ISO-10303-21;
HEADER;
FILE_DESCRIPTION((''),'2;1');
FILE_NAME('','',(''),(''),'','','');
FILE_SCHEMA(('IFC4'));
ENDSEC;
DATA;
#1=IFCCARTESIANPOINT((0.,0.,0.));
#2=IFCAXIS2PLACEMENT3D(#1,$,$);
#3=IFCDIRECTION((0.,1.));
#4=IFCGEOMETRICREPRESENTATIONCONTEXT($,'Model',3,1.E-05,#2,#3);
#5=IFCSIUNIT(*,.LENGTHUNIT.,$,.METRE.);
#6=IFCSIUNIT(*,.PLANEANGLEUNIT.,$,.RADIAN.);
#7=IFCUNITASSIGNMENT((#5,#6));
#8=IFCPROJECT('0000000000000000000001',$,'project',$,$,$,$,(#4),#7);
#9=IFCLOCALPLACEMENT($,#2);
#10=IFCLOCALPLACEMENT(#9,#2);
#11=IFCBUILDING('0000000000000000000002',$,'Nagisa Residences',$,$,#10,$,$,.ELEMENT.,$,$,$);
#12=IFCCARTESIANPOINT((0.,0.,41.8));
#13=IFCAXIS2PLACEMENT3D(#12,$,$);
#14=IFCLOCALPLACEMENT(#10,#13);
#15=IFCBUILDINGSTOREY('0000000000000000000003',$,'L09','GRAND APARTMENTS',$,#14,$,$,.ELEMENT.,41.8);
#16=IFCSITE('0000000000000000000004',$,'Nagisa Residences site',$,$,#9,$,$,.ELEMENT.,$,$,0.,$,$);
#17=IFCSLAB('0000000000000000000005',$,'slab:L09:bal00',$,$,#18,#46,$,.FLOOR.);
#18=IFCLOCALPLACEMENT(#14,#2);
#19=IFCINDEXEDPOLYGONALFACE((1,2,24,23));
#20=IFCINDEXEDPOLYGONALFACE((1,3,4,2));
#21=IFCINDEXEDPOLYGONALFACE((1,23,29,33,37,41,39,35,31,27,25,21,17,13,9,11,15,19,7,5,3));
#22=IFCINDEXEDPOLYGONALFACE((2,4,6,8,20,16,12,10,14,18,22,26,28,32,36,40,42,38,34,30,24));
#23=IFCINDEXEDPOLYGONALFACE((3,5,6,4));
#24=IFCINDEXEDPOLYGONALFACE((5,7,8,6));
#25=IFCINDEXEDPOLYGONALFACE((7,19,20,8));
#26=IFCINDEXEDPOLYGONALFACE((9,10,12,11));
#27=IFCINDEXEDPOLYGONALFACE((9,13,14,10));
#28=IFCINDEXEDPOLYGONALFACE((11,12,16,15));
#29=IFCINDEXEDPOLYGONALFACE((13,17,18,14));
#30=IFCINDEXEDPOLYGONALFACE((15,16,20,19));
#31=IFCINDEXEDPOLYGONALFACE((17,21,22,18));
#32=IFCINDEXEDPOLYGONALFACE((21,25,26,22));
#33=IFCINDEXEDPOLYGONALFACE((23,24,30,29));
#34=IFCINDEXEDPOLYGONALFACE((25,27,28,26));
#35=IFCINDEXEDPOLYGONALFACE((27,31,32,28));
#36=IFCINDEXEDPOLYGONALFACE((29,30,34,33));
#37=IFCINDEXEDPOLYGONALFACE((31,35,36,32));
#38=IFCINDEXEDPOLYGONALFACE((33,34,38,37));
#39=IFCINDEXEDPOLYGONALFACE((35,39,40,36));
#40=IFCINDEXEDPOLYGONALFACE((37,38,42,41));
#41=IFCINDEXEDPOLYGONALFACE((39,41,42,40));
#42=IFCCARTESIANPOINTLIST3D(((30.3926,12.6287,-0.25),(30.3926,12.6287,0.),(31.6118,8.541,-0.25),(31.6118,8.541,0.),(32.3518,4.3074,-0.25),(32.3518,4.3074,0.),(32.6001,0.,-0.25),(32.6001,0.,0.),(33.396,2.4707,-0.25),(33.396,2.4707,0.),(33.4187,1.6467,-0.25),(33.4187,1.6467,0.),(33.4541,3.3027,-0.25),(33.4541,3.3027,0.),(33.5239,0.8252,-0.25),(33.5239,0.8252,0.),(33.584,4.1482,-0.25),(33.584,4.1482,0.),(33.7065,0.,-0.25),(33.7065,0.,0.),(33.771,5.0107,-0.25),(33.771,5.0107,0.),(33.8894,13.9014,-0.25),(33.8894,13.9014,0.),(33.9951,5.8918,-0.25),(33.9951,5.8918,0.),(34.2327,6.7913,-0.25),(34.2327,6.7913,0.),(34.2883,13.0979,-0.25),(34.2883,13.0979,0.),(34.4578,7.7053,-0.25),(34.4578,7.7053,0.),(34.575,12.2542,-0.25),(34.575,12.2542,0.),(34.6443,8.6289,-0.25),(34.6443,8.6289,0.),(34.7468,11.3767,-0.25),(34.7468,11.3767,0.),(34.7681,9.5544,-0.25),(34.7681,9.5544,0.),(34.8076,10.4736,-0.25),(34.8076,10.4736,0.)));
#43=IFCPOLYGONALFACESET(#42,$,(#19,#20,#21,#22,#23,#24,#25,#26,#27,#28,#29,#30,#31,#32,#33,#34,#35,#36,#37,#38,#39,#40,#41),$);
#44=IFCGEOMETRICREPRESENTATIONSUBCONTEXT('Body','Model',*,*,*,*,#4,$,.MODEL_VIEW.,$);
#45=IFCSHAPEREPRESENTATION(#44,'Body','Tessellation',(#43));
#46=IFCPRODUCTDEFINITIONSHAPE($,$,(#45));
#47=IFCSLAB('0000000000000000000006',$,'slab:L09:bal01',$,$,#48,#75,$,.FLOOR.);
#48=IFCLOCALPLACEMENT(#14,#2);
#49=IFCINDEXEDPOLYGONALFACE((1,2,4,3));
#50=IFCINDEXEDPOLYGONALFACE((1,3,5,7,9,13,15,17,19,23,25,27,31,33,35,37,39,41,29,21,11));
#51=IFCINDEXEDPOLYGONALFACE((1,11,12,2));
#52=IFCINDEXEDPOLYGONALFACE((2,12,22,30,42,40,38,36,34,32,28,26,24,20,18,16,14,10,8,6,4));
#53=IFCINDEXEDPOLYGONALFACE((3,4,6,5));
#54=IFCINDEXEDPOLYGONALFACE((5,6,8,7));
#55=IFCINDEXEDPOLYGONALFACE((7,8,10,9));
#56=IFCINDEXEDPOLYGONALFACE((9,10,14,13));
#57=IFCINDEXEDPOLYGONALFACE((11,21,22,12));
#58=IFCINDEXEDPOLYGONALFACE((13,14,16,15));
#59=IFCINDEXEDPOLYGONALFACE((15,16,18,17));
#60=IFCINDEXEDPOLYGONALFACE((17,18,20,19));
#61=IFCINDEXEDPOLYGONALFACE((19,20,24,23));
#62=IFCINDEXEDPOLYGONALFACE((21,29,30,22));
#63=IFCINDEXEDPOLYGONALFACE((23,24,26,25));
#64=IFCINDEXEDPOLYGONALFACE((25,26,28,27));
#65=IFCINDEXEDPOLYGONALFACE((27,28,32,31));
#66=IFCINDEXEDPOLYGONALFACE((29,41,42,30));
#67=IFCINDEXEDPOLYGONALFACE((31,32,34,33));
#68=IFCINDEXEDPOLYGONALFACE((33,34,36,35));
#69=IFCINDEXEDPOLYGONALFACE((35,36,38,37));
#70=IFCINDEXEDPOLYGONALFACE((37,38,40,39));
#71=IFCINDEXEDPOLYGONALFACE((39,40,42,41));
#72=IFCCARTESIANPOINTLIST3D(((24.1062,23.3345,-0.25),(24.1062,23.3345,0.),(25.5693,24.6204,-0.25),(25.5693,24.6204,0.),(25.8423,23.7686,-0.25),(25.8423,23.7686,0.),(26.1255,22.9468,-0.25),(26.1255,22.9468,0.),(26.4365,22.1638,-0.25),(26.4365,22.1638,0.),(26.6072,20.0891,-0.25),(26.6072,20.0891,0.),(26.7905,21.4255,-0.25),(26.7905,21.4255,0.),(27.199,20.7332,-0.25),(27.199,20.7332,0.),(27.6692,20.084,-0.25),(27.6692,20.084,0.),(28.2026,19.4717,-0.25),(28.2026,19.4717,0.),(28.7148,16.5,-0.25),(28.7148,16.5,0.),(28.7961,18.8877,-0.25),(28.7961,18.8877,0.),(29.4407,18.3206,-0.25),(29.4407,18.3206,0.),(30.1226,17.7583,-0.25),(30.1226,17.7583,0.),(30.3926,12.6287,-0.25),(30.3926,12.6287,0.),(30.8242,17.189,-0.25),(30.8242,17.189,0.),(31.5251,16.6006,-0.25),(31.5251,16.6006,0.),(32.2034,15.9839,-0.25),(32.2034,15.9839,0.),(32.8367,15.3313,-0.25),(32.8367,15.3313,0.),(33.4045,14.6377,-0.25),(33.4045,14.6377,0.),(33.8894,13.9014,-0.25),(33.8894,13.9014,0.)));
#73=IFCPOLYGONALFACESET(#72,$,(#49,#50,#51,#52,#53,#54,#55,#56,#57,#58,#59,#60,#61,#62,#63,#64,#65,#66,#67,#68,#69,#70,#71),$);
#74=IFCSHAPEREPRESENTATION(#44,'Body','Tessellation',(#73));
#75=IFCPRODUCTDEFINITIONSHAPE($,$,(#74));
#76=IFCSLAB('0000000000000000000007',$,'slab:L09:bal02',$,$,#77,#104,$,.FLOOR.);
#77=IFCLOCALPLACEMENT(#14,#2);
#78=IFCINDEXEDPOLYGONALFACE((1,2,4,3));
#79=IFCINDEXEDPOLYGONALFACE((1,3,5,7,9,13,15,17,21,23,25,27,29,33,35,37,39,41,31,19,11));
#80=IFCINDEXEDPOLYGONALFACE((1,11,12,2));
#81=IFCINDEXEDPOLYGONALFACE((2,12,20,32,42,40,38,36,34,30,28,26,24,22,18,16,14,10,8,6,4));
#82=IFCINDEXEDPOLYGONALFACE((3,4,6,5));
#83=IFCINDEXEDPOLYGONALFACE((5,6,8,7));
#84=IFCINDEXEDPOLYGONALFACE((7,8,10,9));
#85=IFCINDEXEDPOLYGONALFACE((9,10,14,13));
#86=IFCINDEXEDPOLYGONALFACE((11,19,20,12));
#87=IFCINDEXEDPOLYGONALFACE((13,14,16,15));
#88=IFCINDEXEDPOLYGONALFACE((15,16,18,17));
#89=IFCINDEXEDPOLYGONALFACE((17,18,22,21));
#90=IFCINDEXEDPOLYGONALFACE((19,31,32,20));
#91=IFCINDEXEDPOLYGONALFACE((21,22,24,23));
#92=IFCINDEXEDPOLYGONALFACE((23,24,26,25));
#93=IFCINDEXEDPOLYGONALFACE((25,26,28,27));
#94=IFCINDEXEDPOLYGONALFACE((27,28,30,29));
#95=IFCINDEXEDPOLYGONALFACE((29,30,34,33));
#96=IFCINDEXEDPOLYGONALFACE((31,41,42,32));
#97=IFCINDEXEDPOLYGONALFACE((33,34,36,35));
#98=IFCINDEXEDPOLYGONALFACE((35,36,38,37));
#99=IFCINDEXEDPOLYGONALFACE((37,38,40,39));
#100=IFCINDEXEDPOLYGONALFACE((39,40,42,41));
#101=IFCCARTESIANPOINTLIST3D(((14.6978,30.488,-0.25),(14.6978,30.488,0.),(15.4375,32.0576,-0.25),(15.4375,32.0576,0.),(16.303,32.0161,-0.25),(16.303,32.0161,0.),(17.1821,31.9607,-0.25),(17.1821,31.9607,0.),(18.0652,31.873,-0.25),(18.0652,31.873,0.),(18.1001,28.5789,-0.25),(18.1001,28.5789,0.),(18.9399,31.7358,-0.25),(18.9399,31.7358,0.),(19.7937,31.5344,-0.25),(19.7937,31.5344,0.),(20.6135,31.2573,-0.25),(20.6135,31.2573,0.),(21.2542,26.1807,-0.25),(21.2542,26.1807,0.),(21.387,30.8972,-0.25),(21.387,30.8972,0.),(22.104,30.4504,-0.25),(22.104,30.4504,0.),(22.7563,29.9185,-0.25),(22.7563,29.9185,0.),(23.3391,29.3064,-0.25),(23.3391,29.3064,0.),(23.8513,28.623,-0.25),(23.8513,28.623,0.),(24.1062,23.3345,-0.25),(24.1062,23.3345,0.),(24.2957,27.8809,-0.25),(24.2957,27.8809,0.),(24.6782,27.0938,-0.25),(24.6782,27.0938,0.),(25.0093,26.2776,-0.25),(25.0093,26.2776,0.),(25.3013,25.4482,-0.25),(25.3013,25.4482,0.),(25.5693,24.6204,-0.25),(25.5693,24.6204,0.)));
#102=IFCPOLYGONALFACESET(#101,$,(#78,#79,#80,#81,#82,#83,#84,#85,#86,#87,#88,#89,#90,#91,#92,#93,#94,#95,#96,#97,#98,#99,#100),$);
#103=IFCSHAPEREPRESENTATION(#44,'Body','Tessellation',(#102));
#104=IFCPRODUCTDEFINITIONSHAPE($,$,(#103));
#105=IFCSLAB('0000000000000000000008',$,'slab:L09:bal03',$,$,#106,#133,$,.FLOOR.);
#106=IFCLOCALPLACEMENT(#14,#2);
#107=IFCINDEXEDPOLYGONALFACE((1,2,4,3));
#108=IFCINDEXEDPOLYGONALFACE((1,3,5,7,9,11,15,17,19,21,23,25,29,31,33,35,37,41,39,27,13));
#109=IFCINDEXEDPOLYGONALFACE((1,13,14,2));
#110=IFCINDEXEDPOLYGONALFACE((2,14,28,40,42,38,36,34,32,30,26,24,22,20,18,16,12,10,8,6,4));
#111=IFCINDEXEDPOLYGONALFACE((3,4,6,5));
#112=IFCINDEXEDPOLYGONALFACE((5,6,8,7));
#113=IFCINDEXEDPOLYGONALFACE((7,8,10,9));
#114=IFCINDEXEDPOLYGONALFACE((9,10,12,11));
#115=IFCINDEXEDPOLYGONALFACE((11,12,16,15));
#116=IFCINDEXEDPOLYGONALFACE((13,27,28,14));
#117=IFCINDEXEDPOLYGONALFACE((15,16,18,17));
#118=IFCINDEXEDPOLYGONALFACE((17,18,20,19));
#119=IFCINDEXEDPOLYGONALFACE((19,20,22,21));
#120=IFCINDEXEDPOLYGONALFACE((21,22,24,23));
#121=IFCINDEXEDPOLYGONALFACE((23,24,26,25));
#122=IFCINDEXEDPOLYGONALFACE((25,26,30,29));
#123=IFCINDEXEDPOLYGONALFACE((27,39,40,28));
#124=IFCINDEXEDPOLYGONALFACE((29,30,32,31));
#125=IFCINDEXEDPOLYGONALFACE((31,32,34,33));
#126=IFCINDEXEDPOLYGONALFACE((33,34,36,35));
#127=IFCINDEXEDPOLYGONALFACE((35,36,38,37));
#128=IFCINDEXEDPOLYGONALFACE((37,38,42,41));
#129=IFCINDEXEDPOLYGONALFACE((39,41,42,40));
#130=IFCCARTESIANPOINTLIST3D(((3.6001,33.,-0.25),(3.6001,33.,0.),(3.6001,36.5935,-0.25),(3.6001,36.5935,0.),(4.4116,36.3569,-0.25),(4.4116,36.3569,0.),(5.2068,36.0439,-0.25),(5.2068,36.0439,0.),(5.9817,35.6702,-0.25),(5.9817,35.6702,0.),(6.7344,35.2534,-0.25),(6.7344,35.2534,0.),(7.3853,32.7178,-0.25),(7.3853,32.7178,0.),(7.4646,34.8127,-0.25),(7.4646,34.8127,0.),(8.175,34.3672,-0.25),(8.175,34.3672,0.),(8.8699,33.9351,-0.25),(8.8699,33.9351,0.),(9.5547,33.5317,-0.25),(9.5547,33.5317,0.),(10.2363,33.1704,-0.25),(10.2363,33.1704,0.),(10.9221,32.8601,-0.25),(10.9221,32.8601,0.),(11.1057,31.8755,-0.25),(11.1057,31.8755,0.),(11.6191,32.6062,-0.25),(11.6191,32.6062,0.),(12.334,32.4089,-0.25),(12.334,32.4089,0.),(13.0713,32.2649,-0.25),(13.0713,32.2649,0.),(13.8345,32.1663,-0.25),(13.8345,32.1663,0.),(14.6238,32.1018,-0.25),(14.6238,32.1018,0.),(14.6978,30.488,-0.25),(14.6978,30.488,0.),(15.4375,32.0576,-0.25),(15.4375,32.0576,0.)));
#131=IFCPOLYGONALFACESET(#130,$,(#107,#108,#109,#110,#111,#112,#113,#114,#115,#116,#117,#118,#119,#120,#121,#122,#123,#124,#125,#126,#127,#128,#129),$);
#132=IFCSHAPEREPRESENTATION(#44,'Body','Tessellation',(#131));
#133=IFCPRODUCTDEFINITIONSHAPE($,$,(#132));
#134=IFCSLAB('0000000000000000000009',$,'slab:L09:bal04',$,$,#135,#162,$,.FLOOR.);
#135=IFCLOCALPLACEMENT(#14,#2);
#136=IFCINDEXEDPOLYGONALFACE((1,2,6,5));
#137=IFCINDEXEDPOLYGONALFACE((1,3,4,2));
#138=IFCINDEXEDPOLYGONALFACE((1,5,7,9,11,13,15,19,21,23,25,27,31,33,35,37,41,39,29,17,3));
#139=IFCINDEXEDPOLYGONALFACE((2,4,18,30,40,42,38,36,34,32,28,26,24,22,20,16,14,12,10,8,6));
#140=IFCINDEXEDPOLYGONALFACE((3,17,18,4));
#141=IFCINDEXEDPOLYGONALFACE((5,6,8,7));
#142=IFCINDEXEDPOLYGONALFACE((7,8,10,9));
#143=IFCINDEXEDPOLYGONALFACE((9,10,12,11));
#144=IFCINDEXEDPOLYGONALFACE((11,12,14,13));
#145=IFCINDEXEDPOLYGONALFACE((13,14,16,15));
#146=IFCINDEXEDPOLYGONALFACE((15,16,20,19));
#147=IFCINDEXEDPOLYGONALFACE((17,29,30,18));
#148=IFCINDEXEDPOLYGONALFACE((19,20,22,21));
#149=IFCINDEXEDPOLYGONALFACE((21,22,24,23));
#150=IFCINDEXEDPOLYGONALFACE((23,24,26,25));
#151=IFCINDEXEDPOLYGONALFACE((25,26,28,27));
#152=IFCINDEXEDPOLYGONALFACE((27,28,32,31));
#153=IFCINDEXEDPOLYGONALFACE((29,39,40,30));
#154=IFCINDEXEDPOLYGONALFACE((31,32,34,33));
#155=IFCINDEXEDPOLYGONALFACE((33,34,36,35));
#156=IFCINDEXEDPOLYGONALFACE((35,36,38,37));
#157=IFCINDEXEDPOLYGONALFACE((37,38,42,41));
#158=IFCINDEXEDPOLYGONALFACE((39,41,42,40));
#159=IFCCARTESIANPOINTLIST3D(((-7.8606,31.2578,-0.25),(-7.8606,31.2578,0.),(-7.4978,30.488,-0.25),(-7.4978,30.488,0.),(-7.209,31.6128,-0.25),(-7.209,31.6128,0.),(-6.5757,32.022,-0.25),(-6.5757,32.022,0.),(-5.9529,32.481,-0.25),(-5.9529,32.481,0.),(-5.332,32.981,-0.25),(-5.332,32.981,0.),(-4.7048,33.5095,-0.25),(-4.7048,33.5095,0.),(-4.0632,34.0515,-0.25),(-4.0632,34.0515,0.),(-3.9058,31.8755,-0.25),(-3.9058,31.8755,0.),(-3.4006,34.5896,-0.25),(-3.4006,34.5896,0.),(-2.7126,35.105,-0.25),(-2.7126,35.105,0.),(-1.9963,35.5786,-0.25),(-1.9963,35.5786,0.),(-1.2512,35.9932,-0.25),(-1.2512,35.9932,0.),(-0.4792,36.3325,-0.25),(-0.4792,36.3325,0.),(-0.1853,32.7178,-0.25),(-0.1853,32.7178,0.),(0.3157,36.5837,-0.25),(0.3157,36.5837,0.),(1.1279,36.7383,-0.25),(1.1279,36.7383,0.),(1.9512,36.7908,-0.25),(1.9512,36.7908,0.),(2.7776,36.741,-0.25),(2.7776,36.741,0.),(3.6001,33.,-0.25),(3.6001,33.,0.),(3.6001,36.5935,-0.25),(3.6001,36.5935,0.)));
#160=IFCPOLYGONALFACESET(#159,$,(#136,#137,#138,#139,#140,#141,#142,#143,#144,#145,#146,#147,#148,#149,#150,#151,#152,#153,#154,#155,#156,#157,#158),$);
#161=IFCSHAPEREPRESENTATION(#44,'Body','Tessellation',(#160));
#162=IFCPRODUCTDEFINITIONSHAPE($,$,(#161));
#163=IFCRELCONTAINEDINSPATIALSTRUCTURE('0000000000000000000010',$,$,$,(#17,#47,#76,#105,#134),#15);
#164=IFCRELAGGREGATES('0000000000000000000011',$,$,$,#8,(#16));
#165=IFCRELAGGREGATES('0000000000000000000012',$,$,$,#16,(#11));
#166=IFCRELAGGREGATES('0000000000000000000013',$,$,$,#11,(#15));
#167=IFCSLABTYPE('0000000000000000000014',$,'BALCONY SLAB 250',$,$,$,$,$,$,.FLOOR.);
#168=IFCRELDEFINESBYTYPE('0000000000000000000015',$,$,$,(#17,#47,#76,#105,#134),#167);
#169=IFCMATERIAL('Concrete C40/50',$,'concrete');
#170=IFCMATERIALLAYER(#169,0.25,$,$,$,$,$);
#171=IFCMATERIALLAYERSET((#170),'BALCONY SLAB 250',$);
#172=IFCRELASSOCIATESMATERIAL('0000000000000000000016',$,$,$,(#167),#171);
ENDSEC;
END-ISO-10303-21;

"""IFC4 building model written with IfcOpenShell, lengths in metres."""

from ifc_helpers import new_model, si_unit, direction, frame, origin, place, context, subcontext, project, spatial, polyline, outline, extrude, material, layer, layer_set, type_object, element, save


model = new_model("IFC4")

# Units and contexts
model_context = context("Model", 3, precision=1e-05, world=origin(), true_north=direction((0.0, 1.0)))
body_context = subcontext(model_context, "Body", "Model", "MODEL_VIEW")
ifc_project = project(units=[si_unit("LENGTHUNIT", "METRE"), si_unit("PLANEANGLEUNIT", "RADIAN")], contexts=[model_context])

# Site, building, storey
site_placement = place(None, origin())
site = spatial("IfcSite", under=ifc_project, at=site_placement, Name="Nagisa Residences site", CompositionType="ELEMENT", RefElevation=0.0)
building_placement = place(site_placement, origin())
building = spatial("IfcBuilding", under=site, at=building_placement, Name="Nagisa Residences", CompositionType="ELEMENT")
storey_placement = place(building_placement, frame((0.0, 0.0, 41.8)))
storey = spatial("IfcBuildingStorey", under=building, at=storey_placement, Name="L09", Description="GRAND APARTMENTS", CompositionType="ELEMENT", Elevation=41.8)

# Slabs
ifc_material_1 = material(Name="Concrete C40/50", Category="concrete")
ifc_layer_1 = layer(ifc_material_1, 0.25)
ifc_layer_set_1 = layer_set([ifc_layer_1], Name="BALCONY SLAB 250")
slab_type_1 = type_object("IfcSlabType", Name="BALCONY SLAB 250", PredefinedType="FLOOR", material=ifc_layer_set_1)
slab_1_placement = place(storey_placement, frame((0.0, 0.0, -0.25)))
element("IfcSlab", 1, at=slab_1_placement, inside=storey, type_object=slab_type_1, Name="slab:L09:bal00", PredefinedType="FLOOR", context=body_context, shape_type="SweptSolid", body=[
    extrude(outline(polyline([(33.7065, 0.0), (33.5239, 0.8252), (33.4187, 1.6467), (33.396, 2.4707), (33.4541, 3.3027), (33.584, 4.1482), (33.771, 5.0107), (33.9951, 5.8918), (34.2327, 6.7913), (34.4578, 7.7053), (34.6443, 8.6289), (34.7681, 9.5544), (34.8076, 10.4736), (34.7468, 11.3767), (34.575, 12.2542), (34.2883, 13.0979), (33.8894, 13.9014), (30.3926, 12.6287), (31.6118, 8.541), (32.3518, 4.3074), (32.6001, 0.0), (33.7065, 0.0)])), origin(), (0.0, 0.0, 1.0), 0.25),
])
slab_2_placement = place(storey_placement, frame((0.0, 0.0, -0.25)))
element("IfcSlab", 2, at=slab_2_placement, inside=storey, type_object=slab_type_1, Name="slab:L09:bal01", PredefinedType="FLOOR", context=body_context, shape_type="SweptSolid", body=[
    extrude(outline(polyline([(33.8894, 13.9014), (33.4045, 14.6377), (32.8367, 15.3313), (32.2034, 15.9839), (31.5251, 16.6006), (30.8242, 17.189), (30.1226, 17.7583), (29.4407, 18.3206), (28.7961, 18.8877), (28.2026, 19.4717), (27.6692, 20.084), (27.199, 20.7332), (26.7905, 21.4255), (26.4365, 22.1638), (26.1255, 22.9468), (25.8423, 23.7686), (25.5693, 24.6204), (24.1062, 23.3345), (26.6072, 20.0891), (28.7148, 16.5), (30.3926, 12.6287), (33.8894, 13.9014)])), origin(), (0.0, 0.0, 1.0), 0.25),
])
slab_3_placement = place(storey_placement, frame((0.0, 0.0, -0.25)))
element("IfcSlab", 3, at=slab_3_placement, inside=storey, type_object=slab_type_1, Name="slab:L09:bal02", PredefinedType="FLOOR", context=body_context, shape_type="SweptSolid", body=[
    extrude(outline(polyline([(25.5693, 24.6204), (25.3013, 25.4482), (25.0093, 26.2776), (24.6782, 27.0938), (24.2957, 27.8809), (23.8513, 28.623), (23.3391, 29.3064), (22.7563, 29.9185), (22.104, 30.4504), (21.387, 30.8972), (20.6135, 31.2573), (19.7937, 31.5344), (18.9399, 31.7358), (18.0652, 31.873), (17.1821, 31.9607), (16.303, 32.0161), (15.4375, 32.0576), (14.6978, 30.488), (18.1001, 28.5789), (21.2542, 26.1807), (24.1062, 23.3345), (25.5693, 24.6204)])), origin(), (0.0, 0.0, 1.0), 0.25),
])
slab_4_placement = place(storey_placement, frame((0.0, 0.0, -0.25)))
element("IfcSlab", 4, at=slab_4_placement, inside=storey, type_object=slab_type_1, Name="slab:L09:bal03", PredefinedType="FLOOR", context=body_context, shape_type="SweptSolid", body=[
    extrude(outline(polyline([(15.4375, 32.0576), (14.6238, 32.1018), (13.8345, 32.1663), (13.0713, 32.2649), (12.334, 32.4089), (11.6191, 32.6062), (10.9221, 32.8601), (10.2363, 33.1704), (9.5547, 33.5317), (8.8699, 33.9351), (8.175, 34.3672), (7.4646, 34.8127), (6.7344, 35.2534), (5.9817, 35.6702), (5.2068, 36.0439), (4.4116, 36.3569), (3.6001, 36.5935), (3.6001, 33.0), (7.3853, 32.7178), (11.1057, 31.8755), (14.6978, 30.488), (15.4375, 32.0576)])), origin(), (0.0, 0.0, 1.0), 0.25),
])
slab_5_placement = place(storey_placement, frame((0.0, 0.0, -0.25)))
element("IfcSlab", 5, at=slab_5_placement, inside=storey, type_object=slab_type_1, Name="slab:L09:bal04", PredefinedType="FLOOR", context=body_context, shape_type="SweptSolid", body=[
    extrude(outline(polyline([(3.6001, 36.5935), (2.7776, 36.741), (1.9512, 36.7908), (1.1279, 36.7383), (0.3157, 36.5837), (-0.4792, 36.3325), (-1.2512, 35.9932), (-1.9963, 35.5786), (-2.7126, 35.105), (-3.4006, 34.5896), (-4.0632, 34.0515), (-4.7048, 33.5095), (-5.332, 32.981), (-5.9529, 32.481), (-6.5757, 32.022), (-7.209, 31.6128), (-7.8606, 31.2578), (-7.4978, 30.488), (-3.9058, 31.8755), (-0.1853, 32.7178), (3.6001, 33.0), (3.6001, 36.5935)])), origin(), (0.0, 0.0, 1.0), 0.25),
])

save(model, "model.ifc")
